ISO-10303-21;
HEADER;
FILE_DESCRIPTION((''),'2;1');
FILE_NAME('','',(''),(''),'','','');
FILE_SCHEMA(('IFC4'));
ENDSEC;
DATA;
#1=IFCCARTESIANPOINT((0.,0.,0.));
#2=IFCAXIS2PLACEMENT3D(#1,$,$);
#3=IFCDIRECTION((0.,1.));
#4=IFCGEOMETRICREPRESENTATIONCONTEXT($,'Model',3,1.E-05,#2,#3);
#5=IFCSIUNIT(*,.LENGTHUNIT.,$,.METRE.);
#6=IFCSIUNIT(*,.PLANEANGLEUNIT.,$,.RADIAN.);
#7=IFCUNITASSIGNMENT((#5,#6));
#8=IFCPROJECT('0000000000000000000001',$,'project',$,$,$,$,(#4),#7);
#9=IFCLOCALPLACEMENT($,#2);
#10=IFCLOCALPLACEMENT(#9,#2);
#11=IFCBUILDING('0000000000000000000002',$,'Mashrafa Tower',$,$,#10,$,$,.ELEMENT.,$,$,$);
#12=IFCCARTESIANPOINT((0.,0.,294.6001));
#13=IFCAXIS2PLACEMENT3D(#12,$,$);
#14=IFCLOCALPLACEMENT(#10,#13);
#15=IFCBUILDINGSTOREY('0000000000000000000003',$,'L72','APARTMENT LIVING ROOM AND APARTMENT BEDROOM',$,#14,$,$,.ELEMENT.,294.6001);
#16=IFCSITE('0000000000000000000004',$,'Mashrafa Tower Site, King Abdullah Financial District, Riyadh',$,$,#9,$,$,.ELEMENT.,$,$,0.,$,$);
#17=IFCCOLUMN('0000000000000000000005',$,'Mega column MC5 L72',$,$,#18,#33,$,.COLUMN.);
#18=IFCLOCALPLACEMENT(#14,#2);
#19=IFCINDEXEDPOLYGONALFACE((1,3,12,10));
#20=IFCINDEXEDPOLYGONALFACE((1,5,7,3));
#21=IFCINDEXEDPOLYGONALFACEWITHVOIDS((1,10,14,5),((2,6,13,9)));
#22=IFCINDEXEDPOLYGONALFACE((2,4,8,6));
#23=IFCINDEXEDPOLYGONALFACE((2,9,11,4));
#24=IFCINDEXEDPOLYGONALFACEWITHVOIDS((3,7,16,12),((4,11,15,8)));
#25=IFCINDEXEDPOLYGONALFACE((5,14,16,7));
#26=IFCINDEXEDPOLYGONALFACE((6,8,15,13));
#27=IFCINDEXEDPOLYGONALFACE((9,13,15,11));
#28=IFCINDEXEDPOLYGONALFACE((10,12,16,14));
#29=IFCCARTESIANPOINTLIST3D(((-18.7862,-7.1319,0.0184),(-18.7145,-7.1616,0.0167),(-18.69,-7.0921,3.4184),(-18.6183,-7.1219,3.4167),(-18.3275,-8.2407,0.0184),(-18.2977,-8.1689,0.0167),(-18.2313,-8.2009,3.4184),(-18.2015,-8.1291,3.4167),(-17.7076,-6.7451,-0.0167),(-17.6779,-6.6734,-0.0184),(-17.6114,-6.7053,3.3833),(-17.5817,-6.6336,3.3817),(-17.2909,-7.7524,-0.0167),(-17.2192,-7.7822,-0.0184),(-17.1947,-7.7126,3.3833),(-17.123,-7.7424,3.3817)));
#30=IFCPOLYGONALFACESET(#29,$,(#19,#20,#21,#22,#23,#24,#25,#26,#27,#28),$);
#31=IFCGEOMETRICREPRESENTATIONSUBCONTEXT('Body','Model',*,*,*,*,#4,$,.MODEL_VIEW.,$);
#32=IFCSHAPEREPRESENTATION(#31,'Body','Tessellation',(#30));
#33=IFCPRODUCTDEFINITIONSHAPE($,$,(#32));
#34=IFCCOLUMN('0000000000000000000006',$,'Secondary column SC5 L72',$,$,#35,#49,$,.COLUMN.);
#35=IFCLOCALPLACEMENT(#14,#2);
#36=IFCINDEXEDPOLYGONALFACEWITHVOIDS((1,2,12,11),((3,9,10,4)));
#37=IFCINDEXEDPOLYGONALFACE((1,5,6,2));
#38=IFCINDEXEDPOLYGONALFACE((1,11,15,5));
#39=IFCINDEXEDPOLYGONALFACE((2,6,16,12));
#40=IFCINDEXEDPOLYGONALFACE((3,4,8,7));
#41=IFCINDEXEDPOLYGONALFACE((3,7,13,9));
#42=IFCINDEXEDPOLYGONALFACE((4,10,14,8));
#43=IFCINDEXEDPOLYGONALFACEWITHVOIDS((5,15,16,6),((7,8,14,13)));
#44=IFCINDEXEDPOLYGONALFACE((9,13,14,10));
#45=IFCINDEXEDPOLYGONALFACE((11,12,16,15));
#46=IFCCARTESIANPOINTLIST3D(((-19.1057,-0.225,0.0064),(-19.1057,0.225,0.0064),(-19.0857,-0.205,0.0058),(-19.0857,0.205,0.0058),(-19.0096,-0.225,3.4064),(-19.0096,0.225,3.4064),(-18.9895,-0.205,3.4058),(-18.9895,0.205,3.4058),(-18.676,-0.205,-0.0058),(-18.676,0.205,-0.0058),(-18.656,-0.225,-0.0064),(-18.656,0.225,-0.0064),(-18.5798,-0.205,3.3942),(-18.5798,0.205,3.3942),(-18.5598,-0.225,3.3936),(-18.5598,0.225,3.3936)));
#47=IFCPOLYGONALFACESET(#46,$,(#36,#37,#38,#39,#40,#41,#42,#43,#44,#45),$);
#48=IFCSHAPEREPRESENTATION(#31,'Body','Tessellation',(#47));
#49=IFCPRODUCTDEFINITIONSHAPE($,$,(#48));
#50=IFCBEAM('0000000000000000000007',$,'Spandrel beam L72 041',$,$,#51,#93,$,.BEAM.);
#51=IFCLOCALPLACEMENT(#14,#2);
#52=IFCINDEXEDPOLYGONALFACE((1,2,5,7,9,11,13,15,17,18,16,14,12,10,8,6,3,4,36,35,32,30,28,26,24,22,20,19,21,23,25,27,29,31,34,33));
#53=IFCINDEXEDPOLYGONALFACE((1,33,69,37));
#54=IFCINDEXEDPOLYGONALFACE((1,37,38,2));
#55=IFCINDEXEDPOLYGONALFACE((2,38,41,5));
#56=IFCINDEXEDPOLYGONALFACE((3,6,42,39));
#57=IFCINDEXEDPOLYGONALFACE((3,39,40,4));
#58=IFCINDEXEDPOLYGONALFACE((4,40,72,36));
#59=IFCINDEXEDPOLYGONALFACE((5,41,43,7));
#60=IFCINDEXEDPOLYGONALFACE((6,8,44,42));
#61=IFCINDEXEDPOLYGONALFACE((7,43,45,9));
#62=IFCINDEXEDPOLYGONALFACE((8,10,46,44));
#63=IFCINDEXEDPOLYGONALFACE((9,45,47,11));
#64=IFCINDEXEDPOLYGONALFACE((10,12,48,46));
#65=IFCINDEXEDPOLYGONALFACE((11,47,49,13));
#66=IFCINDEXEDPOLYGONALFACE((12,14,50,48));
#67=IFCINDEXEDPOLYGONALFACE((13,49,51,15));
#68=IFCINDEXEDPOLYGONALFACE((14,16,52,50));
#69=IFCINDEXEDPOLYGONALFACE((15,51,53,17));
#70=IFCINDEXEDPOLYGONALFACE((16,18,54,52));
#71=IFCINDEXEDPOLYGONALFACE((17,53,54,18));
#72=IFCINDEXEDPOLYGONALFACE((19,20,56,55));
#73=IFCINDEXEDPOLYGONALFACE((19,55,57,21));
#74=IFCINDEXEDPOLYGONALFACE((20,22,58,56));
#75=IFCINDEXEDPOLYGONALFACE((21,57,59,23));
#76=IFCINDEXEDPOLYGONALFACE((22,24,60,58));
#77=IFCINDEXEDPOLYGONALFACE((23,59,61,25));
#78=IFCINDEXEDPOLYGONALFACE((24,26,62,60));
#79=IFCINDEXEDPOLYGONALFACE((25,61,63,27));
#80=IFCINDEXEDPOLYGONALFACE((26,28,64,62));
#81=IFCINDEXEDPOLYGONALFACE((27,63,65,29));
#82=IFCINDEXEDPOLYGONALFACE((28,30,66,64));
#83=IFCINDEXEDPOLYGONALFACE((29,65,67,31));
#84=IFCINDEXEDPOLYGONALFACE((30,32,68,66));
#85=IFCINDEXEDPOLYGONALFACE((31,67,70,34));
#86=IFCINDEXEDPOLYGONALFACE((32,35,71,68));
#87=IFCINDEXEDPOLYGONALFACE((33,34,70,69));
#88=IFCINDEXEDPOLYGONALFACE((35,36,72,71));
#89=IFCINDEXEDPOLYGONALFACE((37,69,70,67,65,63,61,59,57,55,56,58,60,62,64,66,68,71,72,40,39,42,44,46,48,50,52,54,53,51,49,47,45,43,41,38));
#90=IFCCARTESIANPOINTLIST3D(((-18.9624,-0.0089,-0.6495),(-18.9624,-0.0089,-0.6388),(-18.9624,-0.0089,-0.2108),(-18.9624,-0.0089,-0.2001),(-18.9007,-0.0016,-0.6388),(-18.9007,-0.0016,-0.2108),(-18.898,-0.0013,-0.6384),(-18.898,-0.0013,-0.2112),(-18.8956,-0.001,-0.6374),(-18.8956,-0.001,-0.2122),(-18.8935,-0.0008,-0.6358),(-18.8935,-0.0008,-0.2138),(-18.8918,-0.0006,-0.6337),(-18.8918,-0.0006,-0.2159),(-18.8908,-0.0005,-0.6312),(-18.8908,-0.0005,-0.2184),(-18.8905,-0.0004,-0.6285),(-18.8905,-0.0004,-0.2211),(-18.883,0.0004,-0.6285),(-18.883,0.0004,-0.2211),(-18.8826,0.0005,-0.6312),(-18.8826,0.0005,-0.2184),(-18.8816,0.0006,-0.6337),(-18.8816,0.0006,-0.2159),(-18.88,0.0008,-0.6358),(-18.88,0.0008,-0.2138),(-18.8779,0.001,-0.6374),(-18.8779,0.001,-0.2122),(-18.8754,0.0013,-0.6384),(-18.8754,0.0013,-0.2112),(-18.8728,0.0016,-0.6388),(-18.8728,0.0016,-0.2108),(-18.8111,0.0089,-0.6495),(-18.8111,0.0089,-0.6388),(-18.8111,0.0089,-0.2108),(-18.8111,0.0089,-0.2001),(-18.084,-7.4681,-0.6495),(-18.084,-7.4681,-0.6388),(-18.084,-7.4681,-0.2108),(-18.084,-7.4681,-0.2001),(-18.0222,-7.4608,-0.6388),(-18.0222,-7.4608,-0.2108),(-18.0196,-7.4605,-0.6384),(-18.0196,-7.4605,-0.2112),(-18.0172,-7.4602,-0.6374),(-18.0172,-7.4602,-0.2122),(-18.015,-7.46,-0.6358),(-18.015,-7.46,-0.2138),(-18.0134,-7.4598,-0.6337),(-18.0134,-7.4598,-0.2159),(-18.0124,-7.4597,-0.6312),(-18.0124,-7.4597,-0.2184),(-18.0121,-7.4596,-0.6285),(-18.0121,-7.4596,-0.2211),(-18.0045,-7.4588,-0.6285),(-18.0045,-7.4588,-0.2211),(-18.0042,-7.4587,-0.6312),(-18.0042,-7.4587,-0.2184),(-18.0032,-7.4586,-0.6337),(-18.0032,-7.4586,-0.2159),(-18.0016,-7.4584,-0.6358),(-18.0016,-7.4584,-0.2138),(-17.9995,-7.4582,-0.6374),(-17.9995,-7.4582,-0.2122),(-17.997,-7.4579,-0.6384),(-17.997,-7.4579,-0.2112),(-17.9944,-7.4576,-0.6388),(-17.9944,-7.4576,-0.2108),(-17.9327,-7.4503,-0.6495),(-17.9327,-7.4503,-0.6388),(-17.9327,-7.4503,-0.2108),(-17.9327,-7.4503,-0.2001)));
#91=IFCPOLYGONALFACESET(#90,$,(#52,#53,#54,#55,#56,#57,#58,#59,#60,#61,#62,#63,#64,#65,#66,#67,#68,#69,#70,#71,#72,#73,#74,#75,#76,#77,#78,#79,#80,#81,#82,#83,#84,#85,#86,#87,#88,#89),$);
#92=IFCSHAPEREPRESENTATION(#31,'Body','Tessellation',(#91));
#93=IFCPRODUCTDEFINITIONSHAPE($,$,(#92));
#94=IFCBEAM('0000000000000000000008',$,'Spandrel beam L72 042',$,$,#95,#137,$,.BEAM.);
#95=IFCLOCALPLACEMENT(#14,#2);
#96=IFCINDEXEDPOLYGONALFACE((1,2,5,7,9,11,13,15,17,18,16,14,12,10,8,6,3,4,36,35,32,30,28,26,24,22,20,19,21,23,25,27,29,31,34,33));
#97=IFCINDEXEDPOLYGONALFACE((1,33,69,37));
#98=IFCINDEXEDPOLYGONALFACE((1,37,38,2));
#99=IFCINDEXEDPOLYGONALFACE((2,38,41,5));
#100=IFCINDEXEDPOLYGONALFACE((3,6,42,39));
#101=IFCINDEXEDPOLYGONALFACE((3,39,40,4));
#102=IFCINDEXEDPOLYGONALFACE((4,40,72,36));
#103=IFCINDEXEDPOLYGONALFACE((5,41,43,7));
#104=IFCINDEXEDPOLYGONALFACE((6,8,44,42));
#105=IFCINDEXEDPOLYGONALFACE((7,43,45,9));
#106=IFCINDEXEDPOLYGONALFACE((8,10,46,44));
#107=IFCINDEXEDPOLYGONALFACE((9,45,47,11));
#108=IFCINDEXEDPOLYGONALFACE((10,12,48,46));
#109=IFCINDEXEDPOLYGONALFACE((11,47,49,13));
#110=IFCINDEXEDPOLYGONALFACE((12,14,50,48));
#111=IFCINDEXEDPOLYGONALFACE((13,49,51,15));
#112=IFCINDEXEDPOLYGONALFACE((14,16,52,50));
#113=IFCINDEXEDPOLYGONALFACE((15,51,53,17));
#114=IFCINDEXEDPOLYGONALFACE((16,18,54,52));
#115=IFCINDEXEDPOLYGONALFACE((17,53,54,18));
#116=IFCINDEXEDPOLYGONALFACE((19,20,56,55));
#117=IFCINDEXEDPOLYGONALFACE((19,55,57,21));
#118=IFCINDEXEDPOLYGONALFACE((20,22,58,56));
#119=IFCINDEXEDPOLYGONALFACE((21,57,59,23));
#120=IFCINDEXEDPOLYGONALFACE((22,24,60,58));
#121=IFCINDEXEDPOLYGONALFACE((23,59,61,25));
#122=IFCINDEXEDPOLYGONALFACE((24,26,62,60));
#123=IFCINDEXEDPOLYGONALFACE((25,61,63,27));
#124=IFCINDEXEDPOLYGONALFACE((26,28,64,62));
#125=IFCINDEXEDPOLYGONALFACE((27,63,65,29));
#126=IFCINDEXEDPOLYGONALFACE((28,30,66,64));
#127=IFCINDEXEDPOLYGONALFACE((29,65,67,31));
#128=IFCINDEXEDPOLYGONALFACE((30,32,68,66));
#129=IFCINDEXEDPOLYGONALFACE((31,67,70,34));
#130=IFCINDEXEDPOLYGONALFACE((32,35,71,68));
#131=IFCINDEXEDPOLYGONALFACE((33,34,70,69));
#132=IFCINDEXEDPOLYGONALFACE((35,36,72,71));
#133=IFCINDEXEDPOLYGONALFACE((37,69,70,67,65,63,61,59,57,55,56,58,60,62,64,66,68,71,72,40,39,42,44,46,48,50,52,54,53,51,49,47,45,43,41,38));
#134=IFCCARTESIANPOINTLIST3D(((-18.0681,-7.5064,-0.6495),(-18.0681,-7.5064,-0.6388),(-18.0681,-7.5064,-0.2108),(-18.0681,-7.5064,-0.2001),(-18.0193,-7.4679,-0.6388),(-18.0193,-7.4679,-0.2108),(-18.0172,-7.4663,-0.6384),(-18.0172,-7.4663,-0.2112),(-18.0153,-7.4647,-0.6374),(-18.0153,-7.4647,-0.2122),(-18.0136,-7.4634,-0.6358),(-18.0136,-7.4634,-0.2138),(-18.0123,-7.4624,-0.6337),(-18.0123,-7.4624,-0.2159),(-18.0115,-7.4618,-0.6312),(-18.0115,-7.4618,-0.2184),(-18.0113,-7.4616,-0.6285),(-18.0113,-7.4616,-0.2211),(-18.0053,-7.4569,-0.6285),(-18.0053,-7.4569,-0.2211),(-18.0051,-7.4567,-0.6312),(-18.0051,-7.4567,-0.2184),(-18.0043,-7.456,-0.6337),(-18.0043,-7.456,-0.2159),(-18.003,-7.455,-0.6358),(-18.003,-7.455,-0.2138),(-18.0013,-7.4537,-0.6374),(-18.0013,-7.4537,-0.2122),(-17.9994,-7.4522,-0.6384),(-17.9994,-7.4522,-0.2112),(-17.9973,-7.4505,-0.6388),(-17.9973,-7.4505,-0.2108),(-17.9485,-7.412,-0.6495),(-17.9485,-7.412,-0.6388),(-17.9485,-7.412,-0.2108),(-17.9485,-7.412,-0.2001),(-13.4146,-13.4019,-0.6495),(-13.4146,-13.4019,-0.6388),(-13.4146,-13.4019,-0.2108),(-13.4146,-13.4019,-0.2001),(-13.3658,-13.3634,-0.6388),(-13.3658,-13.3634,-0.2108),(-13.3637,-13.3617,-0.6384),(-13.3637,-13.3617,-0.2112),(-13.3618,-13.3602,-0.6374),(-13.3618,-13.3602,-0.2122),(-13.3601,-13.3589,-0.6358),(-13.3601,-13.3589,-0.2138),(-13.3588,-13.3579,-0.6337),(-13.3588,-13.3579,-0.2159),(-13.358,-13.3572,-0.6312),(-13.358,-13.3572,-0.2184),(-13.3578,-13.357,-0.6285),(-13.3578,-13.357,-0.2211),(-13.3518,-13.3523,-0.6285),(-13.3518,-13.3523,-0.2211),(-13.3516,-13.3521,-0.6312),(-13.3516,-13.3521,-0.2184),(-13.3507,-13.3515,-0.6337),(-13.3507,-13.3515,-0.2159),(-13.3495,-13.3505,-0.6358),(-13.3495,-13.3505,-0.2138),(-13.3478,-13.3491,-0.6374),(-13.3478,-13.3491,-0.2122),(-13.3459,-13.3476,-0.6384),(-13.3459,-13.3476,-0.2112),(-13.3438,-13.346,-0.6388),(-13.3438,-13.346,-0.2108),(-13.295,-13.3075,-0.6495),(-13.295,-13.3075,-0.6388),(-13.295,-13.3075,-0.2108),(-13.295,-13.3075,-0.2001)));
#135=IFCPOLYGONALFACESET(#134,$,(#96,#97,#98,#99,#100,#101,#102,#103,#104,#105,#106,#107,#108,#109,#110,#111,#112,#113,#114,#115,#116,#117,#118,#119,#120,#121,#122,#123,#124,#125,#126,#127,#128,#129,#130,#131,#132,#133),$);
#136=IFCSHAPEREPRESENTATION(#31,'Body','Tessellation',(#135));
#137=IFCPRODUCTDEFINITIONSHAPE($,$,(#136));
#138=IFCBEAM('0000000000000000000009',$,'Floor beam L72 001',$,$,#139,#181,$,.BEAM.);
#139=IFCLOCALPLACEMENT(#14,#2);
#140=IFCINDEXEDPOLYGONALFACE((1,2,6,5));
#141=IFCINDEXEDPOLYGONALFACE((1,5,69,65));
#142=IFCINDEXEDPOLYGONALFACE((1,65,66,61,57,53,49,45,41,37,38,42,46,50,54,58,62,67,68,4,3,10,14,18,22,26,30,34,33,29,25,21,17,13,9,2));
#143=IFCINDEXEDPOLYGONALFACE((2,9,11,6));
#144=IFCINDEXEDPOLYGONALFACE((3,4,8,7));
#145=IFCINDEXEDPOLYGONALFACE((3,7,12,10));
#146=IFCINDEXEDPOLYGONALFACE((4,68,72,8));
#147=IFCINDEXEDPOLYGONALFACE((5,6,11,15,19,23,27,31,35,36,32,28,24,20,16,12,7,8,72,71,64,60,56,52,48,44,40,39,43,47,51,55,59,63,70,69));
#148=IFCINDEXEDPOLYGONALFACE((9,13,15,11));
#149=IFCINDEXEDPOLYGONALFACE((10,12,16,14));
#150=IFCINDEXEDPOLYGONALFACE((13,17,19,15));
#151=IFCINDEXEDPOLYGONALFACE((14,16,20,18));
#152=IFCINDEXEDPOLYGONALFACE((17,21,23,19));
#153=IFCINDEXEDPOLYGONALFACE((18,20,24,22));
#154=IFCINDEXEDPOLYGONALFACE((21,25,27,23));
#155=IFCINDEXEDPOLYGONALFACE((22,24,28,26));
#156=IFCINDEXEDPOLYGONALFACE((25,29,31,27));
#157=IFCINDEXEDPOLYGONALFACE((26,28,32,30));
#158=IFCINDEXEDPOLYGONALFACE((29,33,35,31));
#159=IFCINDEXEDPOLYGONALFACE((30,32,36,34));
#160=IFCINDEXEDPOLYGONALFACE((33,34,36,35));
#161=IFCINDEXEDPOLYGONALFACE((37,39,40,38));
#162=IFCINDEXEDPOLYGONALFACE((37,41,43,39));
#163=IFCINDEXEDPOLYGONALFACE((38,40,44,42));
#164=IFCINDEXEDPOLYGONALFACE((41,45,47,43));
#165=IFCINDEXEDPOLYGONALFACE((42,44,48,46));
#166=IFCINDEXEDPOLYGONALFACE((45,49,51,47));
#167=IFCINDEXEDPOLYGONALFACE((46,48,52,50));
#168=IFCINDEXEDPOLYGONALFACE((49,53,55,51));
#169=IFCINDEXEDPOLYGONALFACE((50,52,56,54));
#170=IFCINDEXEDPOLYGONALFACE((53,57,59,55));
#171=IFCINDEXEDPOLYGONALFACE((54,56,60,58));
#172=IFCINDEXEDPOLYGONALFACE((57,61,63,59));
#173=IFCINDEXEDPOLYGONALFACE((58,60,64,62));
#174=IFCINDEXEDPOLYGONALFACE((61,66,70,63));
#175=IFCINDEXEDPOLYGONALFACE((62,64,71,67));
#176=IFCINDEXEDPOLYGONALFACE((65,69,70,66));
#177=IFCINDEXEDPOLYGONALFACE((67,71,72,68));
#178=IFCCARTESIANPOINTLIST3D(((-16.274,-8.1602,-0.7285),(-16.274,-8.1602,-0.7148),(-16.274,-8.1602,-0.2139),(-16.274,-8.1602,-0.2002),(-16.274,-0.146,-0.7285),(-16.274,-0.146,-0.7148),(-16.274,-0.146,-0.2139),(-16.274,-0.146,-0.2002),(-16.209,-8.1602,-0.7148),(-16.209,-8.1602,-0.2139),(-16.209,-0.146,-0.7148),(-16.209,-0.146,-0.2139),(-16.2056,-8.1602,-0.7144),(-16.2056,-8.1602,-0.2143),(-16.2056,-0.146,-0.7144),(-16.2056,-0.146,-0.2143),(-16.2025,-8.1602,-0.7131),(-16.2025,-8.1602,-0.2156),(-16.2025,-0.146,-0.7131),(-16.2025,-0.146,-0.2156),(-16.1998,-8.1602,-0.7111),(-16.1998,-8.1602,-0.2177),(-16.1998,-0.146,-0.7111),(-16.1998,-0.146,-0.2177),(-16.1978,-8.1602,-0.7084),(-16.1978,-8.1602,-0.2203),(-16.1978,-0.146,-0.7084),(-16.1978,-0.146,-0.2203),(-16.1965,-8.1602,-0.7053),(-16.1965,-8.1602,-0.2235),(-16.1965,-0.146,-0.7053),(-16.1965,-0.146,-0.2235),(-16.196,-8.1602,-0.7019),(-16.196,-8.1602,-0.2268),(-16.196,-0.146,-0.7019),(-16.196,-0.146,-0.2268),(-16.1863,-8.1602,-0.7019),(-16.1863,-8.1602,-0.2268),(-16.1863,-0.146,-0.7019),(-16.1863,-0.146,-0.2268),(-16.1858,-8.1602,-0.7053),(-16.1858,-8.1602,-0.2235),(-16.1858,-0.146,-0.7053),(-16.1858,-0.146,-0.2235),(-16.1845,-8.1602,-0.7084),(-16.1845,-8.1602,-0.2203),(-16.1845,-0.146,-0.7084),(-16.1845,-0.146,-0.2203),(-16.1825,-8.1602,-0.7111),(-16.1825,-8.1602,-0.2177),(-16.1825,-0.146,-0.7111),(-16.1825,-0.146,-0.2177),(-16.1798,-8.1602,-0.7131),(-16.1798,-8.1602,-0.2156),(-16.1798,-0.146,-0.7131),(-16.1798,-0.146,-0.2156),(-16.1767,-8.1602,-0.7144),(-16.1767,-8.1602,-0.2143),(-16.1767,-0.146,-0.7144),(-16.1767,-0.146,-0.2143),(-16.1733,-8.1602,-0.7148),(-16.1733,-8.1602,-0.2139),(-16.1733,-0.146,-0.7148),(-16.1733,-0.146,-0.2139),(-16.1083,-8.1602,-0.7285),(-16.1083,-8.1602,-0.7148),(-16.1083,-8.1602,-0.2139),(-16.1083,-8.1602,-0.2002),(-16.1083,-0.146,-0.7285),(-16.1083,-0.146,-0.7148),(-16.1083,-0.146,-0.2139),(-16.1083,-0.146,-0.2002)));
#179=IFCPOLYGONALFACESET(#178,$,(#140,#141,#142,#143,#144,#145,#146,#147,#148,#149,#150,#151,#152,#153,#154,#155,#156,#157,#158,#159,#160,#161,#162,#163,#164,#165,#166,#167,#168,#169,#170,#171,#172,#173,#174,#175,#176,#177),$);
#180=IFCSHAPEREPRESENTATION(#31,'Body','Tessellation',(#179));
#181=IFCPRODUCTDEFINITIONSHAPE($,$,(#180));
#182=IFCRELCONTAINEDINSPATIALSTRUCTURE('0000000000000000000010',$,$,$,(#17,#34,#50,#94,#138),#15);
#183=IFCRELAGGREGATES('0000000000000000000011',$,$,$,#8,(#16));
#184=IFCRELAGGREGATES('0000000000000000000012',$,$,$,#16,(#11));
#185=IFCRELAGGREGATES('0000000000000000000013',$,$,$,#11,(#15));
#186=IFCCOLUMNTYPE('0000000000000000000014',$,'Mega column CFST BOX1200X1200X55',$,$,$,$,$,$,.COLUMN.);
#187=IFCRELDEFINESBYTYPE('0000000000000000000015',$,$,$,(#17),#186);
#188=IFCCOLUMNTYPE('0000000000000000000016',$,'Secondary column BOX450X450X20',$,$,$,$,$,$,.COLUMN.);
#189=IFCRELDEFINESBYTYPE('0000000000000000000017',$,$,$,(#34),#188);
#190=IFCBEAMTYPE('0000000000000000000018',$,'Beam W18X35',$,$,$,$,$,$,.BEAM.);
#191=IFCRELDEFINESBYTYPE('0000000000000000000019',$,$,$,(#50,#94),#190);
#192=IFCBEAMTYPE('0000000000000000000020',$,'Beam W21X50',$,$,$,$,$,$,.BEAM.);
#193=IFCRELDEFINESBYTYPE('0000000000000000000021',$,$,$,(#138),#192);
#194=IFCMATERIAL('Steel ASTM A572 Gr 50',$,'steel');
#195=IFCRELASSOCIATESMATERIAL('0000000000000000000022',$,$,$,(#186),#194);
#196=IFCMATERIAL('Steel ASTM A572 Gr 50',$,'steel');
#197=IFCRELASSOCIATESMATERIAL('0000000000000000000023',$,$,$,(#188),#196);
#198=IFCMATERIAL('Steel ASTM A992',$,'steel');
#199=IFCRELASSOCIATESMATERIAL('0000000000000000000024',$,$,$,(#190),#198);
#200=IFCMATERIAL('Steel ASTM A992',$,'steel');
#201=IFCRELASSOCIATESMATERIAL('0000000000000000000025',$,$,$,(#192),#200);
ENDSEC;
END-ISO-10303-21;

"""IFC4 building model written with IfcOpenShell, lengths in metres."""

from ifc_helpers import new_model, si_unit, direction, frame, origin, origin_2d, place, context, subcontext, project, spatial, hollow_rectangle, i_section, extrude, material, material_profile, profile_set, type_object, element, save


model = new_model("IFC4")

# Units and contexts
model_context = context("Model", 3, precision=1e-05, world=origin(), true_north=direction((0.0, 1.0)))
body_context = subcontext(model_context, "Body", "Model", "MODEL_VIEW")
ifc_project = project(units=[si_unit("LENGTHUNIT", "METRE"), si_unit("PLANEANGLEUNIT", "RADIAN")], contexts=[model_context])

# Site, building, storey
site_placement = place(None, origin())
site = spatial("IfcSite", under=ifc_project, at=site_placement, Name="Mashrafa Tower Site, King Abdullah Financial District, Riyadh", CompositionType="ELEMENT", RefElevation=0.0)
building_placement = place(site_placement, origin())
building = spatial("IfcBuilding", under=site, at=building_placement, Name="Mashrafa Tower", CompositionType="ELEMENT")
storey_placement = place(building_placement, frame((0.0, 0.0, 294.6001)))
storey = spatial("IfcBuildingStorey", under=building, at=storey_placement, Name="L72", Description="APARTMENT LIVING ROOM AND APARTMENT BEDROOM", CompositionType="ELEMENT", Elevation=294.6001)

# Columns
ifc_material_1 = material(Name="Steel ASTM A572 Gr 50", Category="steel")
ifc_material_profile_1 = material_profile(ifc_material_1, hollow_rectangle(XDim=1.2, YDim=1.2, WallThickness=0.0549, at=origin_2d()), Name="BOX1200X1200X55")
ifc_profile_set_1 = profile_set([ifc_material_profile_1], Name="Steel ASTM A572 Gr 50")
column_type_1 = type_object("IfcColumnType", Name="Mega column CFST BOX1200X1200X55", PredefinedType="COLUMN", material=ifc_profile_set_1)
column_1_placement = place(storey_placement, frame((-18.0027, -7.457, 0.0), z_axis=(0.028279, 0.011699, 0.999532), x_axis=(-0.382283, 0.924045, 0.0)))
element("IfcColumn", 1, at=column_1_placement, inside=storey, type_object=column_type_1, Name="Mega column MC5 L72", PredefinedType="COLUMN", context=body_context, shape_type="SweptSolid", body=[
    extrude(hollow_rectangle(XDim=1.2, YDim=1.2, WallThickness=0.0549, at=origin_2d()), origin(), (0.0, 0.0, 1.0), 3.4016),
])
ifc_material_2 = material(Name="Steel ASTM A572 Gr 50", Category="steel")
ifc_material_profile_2 = material_profile(ifc_material_2, hollow_rectangle(XDim=0.45, YDim=0.45, WallThickness=0.02, at=origin_2d()), Name="BOX450X450X20")
ifc_profile_set_2 = profile_set([ifc_material_profile_2], Name="Steel ASTM A572 Gr 50")
column_type_2 = type_object("IfcColumnType", Name="Secondary column BOX450X450X20", PredefinedType="COLUMN", material=ifc_profile_set_2)
column_2_placement = place(storey_placement, frame((-18.8809, 0.0, 0.0), z_axis=(0.028281, 0.0, 0.9996), x_axis=(0.0, 1.0, 0.0)))
element("IfcColumn", 2, at=column_2_placement, inside=storey, type_object=column_type_2, Name="Secondary column SC5 L72", PredefinedType="COLUMN", context=body_context, shape_type="SweptSolid", body=[
    extrude(hollow_rectangle(XDim=0.45, YDim=0.45, WallThickness=0.02, at=origin_2d()), origin(), (0.0, 0.0, 1.0), 3.4014),
])

# Beams
ifc_material_3 = material(Name="Steel ASTM A992", Category="steel")
ifc_material_profile_3 = material_profile(ifc_material_3, i_section(OverallWidth=0.1523, OverallDepth=0.4495, WebThickness=0.0076, FlangeThickness=0.0107, FilletRadius=0.0103, at=origin_2d()), Name="W18X35")
ifc_profile_set_3 = profile_set([ifc_material_profile_3], Name="Steel ASTM A992")
beam_type_1 = type_object("IfcBeamType", Name="Beam W18X35", PredefinedType="BEAM", material=ifc_profile_set_3)
for number, where, z_axis, x_axis, name in (
    (3, (-18.8867, 0.0, -0.4248), (0.116954, -0.993137, 0.0), (0.993137, 0.116954, 0.0), "Spandrel beam L72 041"),
    (4, (-18.0083, -7.4592, -0.4248), (0.61958, -0.784934, 0.0), (0.784934, 0.61958, 0.0), "Spandrel beam L72 042"),
):
    element("IfcBeam", number, at=place(storey_placement, frame(where, z_axis=z_axis, x_axis=x_axis)), inside=storey, type_object=beam_type_1, Name=name, PredefinedType="BEAM", context=body_context, shape_type="SweptSolid", body=[
        extrude(i_section(OverallWidth=0.1523, OverallDepth=0.4495, WebThickness=0.0076, FlangeThickness=0.0107, FilletRadius=0.0103, at=origin_2d()), origin(), (0.0, 0.0, 1.0), 7.5107),
    ])
ifc_material_4 = material(Name="Steel ASTM A992", Category="steel")
ifc_material_profile_4 = material_profile(ifc_material_4, i_section(OverallWidth=0.1658, OverallDepth=0.5283, WebThickness=0.0098, FlangeThickness=0.0137, FilletRadius=0.0129, at=origin_2d()), Name="W21X50")
ifc_profile_set_4 = profile_set([ifc_material_profile_4], Name="Steel ASTM A992")
beam_type_2 = type_object("IfcBeamType", Name="Beam W21X50", PredefinedType="BEAM", material=ifc_profile_set_4)
beam_placement = place(storey_placement, frame((-16.1912, -8.1602, -0.4644), z_axis=(0.0, 1.0, 0.0), x_axis=(-1.0, 0.0, 0.0)))
element("IfcBeam", 5, at=beam_placement, inside=storey, type_object=beam_type_2, Name="Floor beam L72 001", PredefinedType="BEAM", context=body_context, shape_type="SweptSolid", body=[
    extrude(i_section(OverallWidth=0.1658, OverallDepth=0.5283, WebThickness=0.0098, FlangeThickness=0.0137, FilletRadius=0.0129, at=origin_2d()), origin(), (0.0, 0.0, 1.0), 8.0142),
])

save(model, "model.ifc")
